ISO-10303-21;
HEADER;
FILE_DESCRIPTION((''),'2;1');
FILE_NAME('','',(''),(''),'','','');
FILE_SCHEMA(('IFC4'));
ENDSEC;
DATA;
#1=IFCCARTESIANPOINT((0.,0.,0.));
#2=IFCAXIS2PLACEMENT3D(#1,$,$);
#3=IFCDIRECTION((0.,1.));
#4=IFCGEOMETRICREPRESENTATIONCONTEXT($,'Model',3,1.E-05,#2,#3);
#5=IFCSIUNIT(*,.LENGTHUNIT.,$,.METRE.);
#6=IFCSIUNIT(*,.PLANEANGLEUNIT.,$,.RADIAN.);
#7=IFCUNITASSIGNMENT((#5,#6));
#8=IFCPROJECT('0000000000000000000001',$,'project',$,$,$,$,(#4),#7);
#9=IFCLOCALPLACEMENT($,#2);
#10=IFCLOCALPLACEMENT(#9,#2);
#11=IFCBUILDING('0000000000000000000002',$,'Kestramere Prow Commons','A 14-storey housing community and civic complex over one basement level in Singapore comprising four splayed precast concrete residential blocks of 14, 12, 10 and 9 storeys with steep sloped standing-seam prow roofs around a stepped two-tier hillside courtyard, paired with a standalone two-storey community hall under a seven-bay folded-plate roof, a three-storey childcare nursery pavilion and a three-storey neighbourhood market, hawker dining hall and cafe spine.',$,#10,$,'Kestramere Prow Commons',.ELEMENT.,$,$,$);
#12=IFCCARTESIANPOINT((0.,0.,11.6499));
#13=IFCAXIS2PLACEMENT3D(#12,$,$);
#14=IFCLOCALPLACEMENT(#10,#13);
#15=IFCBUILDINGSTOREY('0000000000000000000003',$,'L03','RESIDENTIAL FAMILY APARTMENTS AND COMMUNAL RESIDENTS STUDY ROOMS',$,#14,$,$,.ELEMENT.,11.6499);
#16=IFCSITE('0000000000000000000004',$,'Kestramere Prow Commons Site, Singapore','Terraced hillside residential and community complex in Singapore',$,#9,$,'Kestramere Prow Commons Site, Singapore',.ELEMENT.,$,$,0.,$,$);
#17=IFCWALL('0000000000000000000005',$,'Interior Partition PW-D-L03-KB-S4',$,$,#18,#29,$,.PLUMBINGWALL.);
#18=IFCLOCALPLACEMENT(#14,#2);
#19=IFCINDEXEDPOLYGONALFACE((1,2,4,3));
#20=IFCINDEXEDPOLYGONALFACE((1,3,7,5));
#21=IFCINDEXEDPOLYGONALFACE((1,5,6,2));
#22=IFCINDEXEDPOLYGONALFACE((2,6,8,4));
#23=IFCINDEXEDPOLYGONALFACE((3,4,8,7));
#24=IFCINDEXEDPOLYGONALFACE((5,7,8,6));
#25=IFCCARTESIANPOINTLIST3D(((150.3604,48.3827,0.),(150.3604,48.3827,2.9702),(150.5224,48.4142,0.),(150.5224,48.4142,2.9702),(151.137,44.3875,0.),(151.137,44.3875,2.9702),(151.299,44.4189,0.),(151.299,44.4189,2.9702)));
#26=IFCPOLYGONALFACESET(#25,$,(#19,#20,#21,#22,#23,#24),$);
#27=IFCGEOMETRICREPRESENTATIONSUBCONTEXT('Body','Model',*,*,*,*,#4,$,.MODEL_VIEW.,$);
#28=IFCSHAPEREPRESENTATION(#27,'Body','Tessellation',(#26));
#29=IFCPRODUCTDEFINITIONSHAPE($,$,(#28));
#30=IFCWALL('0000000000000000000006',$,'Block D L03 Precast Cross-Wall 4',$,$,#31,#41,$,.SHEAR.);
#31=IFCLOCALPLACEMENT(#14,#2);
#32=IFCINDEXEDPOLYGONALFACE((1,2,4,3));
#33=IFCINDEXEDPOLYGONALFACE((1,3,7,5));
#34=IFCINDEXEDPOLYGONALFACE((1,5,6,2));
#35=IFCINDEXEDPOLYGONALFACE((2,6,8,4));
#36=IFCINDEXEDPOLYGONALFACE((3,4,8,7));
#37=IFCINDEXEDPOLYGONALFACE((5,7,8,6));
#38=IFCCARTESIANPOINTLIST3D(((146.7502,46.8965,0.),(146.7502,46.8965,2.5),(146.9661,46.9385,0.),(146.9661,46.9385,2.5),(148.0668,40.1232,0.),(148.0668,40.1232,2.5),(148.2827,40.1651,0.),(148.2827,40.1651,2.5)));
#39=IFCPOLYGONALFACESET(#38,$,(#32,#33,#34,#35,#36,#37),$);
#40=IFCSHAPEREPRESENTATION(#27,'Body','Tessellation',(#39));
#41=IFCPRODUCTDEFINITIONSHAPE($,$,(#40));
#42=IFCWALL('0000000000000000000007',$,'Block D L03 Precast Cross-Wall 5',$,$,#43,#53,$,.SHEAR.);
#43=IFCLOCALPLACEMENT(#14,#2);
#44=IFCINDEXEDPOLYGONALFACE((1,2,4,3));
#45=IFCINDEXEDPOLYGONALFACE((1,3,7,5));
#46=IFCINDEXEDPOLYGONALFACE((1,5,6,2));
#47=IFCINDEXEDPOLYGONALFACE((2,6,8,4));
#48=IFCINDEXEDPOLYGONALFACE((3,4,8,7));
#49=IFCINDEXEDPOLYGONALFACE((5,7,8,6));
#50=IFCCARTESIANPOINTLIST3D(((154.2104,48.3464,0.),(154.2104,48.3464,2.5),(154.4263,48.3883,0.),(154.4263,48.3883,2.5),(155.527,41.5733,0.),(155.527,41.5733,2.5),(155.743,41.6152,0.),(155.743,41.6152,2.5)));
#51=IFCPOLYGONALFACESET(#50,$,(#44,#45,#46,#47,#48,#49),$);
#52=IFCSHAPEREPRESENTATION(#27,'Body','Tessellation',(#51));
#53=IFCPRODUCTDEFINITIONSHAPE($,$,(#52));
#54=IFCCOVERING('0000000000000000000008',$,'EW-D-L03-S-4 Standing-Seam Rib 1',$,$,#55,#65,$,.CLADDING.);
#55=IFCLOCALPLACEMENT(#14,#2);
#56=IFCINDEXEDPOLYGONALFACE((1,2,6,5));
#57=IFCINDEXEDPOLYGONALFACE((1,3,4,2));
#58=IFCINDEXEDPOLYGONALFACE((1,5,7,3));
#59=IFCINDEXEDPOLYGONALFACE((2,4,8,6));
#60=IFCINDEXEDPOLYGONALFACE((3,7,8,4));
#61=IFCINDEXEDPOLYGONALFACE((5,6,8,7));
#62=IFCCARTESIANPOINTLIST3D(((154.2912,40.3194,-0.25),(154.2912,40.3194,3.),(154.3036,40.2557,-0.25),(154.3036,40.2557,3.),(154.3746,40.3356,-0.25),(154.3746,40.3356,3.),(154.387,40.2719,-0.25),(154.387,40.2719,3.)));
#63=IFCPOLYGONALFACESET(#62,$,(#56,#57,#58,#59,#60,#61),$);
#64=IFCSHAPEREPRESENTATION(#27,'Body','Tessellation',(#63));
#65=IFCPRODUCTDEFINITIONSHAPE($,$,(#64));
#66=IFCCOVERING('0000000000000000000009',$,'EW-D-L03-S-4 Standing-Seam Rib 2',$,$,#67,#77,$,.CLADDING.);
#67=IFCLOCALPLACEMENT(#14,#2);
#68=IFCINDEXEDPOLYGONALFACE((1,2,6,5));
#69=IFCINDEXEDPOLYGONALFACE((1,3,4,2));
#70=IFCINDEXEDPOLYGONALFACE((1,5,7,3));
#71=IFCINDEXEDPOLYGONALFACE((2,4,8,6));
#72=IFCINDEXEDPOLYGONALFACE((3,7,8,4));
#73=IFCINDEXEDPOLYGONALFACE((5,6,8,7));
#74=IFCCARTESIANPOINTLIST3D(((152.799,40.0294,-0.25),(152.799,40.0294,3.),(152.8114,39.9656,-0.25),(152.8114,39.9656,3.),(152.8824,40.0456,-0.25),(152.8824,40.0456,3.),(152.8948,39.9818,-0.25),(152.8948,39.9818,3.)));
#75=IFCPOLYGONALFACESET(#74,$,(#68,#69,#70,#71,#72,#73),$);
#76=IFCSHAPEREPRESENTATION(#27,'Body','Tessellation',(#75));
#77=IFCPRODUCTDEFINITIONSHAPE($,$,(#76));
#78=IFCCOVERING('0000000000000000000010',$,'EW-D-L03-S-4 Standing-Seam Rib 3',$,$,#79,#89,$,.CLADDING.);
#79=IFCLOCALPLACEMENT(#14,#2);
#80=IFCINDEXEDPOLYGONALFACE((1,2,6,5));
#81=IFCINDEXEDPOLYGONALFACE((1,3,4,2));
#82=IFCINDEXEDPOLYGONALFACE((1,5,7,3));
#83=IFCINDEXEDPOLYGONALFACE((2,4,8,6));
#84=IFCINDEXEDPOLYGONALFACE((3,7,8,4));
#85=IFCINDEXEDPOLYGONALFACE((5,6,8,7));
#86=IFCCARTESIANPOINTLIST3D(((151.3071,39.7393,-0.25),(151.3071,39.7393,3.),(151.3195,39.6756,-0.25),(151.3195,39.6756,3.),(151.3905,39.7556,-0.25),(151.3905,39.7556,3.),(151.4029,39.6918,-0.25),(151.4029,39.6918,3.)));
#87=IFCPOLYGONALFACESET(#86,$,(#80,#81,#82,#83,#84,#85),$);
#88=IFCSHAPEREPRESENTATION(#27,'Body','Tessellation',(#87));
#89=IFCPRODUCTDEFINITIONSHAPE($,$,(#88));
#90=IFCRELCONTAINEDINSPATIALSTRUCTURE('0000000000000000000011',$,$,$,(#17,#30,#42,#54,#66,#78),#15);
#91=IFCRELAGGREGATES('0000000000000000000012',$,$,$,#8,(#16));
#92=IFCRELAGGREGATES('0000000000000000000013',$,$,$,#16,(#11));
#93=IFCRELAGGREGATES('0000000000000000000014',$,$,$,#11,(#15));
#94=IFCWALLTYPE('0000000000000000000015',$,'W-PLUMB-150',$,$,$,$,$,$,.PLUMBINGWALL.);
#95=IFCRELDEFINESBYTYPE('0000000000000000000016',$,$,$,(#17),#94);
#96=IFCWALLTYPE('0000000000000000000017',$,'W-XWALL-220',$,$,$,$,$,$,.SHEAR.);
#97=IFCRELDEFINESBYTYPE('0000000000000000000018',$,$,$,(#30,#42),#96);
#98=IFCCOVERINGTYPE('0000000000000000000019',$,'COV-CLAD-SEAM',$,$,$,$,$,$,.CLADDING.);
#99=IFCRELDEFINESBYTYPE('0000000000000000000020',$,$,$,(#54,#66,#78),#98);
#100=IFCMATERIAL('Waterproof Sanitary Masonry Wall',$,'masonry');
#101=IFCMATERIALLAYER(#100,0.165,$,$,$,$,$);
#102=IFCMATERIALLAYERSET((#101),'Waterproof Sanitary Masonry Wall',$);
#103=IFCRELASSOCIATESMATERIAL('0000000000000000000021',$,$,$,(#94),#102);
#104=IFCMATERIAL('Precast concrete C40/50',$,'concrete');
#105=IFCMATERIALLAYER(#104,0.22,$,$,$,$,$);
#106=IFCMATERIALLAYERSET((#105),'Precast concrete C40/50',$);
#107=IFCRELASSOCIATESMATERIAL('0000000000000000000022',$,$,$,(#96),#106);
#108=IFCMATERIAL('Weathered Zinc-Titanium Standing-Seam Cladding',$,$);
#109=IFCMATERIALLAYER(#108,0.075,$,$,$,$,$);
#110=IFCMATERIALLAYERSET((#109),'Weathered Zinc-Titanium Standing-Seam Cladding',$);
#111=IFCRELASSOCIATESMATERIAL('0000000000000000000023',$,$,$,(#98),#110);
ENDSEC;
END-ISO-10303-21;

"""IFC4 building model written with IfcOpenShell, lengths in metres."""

from ifc_helpers import new_model, si_unit, direction, frame, frame_2d, origin, origin_2d, place, context, subcontext, project, spatial, rectangle, extrude, material, layer, layer_set, type_object, element, save


model = new_model("IFC4")

# Units and contexts
model_context = context("Model", 3, precision=1e-05, world=origin(), true_north=direction((0.0, 1.0)))
body_context = subcontext(model_context, "Body", "Model", "MODEL_VIEW")
ifc_project = project(units=[si_unit("LENGTHUNIT", "METRE"), si_unit("PLANEANGLEUNIT", "RADIAN")], contexts=[model_context])

# Site, building, storey
site_placement = place(None, origin())
site = spatial("IfcSite", under=ifc_project, at=site_placement, Name="Kestramere Prow Commons Site, Singapore", Description="Terraced hillside residential and community complex in Singapore", LongName="Kestramere Prow Commons Site, Singapore", CompositionType="ELEMENT", RefElevation=0.0)
building_placement = place(site_placement, origin())
building = spatial("IfcBuilding", under=site, at=building_placement, Name="Kestramere Prow Commons", Description="A 14-storey housing community and civic complex over one basement level in Singapore comprising four splayed precast concrete residential blocks of 14, 12, 10 and 9 storeys with steep sloped standing-seam prow roofs around a stepped two-tier hillside courtyard, paired with a standalone two-storey community hall under a seven-bay folded-plate roof, a three-storey childcare nursery pavilion and a three-storey neighbourhood market, hawker dining hall and cafe spine.", LongName="Kestramere Prow Commons", CompositionType="ELEMENT")
storey_placement = place(building_placement, frame((0.0, 0.0, 11.6499)))
storey = spatial("IfcBuildingStorey", under=building, at=storey_placement, Name="L03", Description="RESIDENTIAL FAMILY APARTMENTS AND COMMUNAL RESIDENTS STUDY ROOMS", CompositionType="ELEMENT", Elevation=11.6499)

# Shared definitions
ifc_material_1 = material(Name="Precast concrete C40/50", Category="concrete")

# Shared definitions
ifc_material_2 = material(Name="Waterproof Sanitary Masonry Wall", Category="masonry")
ifc_layer_1 = layer(ifc_material_2, 0.165)
ifc_layer_set_1 = layer_set([ifc_layer_1], Name="Waterproof Sanitary Masonry Wall")
wall_type_1 = type_object("IfcWallType", Name="W-PLUMB-150", PredefinedType="PLUMBINGWALL", material=ifc_layer_set_1)

# Walls
wall_1_placement = place(storey_placement, frame((151.218, 44.4031, 0.0), z_axis=(0.0, 0.0, 1.0), x_axis=(-0.190807, 0.981628, 0.0)))
element("IfcWall", 1, at=wall_1_placement, inside=storey, type_object=wall_type_1, Name="Interior Partition PW-D-L03-KB-S4", PredefinedType="PLUMBINGWALL", context=body_context, shape_type="SweptSolid", body=[
    extrude(rectangle(XDim=4.0701, YDim=0.165, at=frame_2d((2.0352, 0.0))), origin(), (0.0, 0.0, 1.0), 2.9702),
])
ifc_layer_2 = layer(ifc_material_1, 0.22)
ifc_layer_set_2 = layer_set([ifc_layer_2], Name="Precast concrete C40/50")
wall_type_2 = type_object("IfcWallType", Name="W-XWALL-220", PredefinedType="SHEAR", material=ifc_layer_set_2)
wall_2_placement = place(storey_placement, frame((148.1748, 40.144, 0.0), z_axis=(0.0, 0.0, 1.0), x_axis=(-0.190813, 0.981626, 0.0)))
element("IfcWall", 2, at=wall_2_placement, inside=storey, type_object=wall_type_2, Name="Block D L03 Precast Cross-Wall 4", PredefinedType="SHEAR", context=body_context, shape_type="SweptSolid", body=[
    extrude(rectangle(XDim=6.9001, YDim=0.22, at=frame_2d((3.4502, 0.0))), origin(), (0.0, 0.0, 1.0), 2.5),
])
wall_3_placement = place(storey_placement, frame((155.635, 41.5942, 0.0), z_axis=(0.0, 0.0, 1.0), x_axis=(-0.190819, 0.981625, 0.0)))
element("IfcWall", 3, at=wall_3_placement, inside=storey, type_object=wall_type_2, Name="Block D L03 Precast Cross-Wall 5", PredefinedType="SHEAR", context=body_context, shape_type="SweptSolid", body=[
    extrude(rectangle(XDim=6.8999, YDim=0.22, at=frame_2d((3.45, 0.0))), origin(), (0.0, 0.0, 1.0), 2.5),
])

# Coverings
ifc_material_3 = material(Name="Weathered Zinc-Titanium Standing-Seam Cladding")
ifc_layer_3 = layer(ifc_material_3, 0.075)
ifc_layer_set_3 = layer_set([ifc_layer_3], Name="Weathered Zinc-Titanium Standing-Seam Cladding")
covering_type = type_object("IfcCoveringType", Name="COV-CLAD-SEAM", PredefinedType="CLADDING", material=ifc_layer_set_3)
for number, where, z_axis, x_axis, name in (
    (4, (154.3391, 40.2957, -0.25), (0.0, 0.0, 1.0), (-0.981627, -0.190809, 0.0), "EW-D-L03-S-4 Standing-Seam Rib 1"),
    (5, (152.8469, 40.0056, -0.25), (0.0, 0.0, 1.0), (-0.981627, -0.190809, 0.0), "EW-D-L03-S-4 Standing-Seam Rib 2"),
    (6, (151.355, 39.7156, -0.25), (0.0, 0.0, 1.0), (-0.981627, -0.190809, 0.0), "EW-D-L03-S-4 Standing-Seam Rib 3"),
):
    element("IfcCovering", number, at=place(storey_placement, frame(where, z_axis=z_axis, x_axis=x_axis)), inside=storey, type_object=covering_type, Name=name, PredefinedType="CLADDING", context=body_context, shape_type="SweptSolid", body=[
        extrude(rectangle(XDim=0.085, YDim=0.0649, at=origin_2d()), origin(), (0.0, 0.0, 1.0), 3.25),
    ])

save(model, "model.ifc")
